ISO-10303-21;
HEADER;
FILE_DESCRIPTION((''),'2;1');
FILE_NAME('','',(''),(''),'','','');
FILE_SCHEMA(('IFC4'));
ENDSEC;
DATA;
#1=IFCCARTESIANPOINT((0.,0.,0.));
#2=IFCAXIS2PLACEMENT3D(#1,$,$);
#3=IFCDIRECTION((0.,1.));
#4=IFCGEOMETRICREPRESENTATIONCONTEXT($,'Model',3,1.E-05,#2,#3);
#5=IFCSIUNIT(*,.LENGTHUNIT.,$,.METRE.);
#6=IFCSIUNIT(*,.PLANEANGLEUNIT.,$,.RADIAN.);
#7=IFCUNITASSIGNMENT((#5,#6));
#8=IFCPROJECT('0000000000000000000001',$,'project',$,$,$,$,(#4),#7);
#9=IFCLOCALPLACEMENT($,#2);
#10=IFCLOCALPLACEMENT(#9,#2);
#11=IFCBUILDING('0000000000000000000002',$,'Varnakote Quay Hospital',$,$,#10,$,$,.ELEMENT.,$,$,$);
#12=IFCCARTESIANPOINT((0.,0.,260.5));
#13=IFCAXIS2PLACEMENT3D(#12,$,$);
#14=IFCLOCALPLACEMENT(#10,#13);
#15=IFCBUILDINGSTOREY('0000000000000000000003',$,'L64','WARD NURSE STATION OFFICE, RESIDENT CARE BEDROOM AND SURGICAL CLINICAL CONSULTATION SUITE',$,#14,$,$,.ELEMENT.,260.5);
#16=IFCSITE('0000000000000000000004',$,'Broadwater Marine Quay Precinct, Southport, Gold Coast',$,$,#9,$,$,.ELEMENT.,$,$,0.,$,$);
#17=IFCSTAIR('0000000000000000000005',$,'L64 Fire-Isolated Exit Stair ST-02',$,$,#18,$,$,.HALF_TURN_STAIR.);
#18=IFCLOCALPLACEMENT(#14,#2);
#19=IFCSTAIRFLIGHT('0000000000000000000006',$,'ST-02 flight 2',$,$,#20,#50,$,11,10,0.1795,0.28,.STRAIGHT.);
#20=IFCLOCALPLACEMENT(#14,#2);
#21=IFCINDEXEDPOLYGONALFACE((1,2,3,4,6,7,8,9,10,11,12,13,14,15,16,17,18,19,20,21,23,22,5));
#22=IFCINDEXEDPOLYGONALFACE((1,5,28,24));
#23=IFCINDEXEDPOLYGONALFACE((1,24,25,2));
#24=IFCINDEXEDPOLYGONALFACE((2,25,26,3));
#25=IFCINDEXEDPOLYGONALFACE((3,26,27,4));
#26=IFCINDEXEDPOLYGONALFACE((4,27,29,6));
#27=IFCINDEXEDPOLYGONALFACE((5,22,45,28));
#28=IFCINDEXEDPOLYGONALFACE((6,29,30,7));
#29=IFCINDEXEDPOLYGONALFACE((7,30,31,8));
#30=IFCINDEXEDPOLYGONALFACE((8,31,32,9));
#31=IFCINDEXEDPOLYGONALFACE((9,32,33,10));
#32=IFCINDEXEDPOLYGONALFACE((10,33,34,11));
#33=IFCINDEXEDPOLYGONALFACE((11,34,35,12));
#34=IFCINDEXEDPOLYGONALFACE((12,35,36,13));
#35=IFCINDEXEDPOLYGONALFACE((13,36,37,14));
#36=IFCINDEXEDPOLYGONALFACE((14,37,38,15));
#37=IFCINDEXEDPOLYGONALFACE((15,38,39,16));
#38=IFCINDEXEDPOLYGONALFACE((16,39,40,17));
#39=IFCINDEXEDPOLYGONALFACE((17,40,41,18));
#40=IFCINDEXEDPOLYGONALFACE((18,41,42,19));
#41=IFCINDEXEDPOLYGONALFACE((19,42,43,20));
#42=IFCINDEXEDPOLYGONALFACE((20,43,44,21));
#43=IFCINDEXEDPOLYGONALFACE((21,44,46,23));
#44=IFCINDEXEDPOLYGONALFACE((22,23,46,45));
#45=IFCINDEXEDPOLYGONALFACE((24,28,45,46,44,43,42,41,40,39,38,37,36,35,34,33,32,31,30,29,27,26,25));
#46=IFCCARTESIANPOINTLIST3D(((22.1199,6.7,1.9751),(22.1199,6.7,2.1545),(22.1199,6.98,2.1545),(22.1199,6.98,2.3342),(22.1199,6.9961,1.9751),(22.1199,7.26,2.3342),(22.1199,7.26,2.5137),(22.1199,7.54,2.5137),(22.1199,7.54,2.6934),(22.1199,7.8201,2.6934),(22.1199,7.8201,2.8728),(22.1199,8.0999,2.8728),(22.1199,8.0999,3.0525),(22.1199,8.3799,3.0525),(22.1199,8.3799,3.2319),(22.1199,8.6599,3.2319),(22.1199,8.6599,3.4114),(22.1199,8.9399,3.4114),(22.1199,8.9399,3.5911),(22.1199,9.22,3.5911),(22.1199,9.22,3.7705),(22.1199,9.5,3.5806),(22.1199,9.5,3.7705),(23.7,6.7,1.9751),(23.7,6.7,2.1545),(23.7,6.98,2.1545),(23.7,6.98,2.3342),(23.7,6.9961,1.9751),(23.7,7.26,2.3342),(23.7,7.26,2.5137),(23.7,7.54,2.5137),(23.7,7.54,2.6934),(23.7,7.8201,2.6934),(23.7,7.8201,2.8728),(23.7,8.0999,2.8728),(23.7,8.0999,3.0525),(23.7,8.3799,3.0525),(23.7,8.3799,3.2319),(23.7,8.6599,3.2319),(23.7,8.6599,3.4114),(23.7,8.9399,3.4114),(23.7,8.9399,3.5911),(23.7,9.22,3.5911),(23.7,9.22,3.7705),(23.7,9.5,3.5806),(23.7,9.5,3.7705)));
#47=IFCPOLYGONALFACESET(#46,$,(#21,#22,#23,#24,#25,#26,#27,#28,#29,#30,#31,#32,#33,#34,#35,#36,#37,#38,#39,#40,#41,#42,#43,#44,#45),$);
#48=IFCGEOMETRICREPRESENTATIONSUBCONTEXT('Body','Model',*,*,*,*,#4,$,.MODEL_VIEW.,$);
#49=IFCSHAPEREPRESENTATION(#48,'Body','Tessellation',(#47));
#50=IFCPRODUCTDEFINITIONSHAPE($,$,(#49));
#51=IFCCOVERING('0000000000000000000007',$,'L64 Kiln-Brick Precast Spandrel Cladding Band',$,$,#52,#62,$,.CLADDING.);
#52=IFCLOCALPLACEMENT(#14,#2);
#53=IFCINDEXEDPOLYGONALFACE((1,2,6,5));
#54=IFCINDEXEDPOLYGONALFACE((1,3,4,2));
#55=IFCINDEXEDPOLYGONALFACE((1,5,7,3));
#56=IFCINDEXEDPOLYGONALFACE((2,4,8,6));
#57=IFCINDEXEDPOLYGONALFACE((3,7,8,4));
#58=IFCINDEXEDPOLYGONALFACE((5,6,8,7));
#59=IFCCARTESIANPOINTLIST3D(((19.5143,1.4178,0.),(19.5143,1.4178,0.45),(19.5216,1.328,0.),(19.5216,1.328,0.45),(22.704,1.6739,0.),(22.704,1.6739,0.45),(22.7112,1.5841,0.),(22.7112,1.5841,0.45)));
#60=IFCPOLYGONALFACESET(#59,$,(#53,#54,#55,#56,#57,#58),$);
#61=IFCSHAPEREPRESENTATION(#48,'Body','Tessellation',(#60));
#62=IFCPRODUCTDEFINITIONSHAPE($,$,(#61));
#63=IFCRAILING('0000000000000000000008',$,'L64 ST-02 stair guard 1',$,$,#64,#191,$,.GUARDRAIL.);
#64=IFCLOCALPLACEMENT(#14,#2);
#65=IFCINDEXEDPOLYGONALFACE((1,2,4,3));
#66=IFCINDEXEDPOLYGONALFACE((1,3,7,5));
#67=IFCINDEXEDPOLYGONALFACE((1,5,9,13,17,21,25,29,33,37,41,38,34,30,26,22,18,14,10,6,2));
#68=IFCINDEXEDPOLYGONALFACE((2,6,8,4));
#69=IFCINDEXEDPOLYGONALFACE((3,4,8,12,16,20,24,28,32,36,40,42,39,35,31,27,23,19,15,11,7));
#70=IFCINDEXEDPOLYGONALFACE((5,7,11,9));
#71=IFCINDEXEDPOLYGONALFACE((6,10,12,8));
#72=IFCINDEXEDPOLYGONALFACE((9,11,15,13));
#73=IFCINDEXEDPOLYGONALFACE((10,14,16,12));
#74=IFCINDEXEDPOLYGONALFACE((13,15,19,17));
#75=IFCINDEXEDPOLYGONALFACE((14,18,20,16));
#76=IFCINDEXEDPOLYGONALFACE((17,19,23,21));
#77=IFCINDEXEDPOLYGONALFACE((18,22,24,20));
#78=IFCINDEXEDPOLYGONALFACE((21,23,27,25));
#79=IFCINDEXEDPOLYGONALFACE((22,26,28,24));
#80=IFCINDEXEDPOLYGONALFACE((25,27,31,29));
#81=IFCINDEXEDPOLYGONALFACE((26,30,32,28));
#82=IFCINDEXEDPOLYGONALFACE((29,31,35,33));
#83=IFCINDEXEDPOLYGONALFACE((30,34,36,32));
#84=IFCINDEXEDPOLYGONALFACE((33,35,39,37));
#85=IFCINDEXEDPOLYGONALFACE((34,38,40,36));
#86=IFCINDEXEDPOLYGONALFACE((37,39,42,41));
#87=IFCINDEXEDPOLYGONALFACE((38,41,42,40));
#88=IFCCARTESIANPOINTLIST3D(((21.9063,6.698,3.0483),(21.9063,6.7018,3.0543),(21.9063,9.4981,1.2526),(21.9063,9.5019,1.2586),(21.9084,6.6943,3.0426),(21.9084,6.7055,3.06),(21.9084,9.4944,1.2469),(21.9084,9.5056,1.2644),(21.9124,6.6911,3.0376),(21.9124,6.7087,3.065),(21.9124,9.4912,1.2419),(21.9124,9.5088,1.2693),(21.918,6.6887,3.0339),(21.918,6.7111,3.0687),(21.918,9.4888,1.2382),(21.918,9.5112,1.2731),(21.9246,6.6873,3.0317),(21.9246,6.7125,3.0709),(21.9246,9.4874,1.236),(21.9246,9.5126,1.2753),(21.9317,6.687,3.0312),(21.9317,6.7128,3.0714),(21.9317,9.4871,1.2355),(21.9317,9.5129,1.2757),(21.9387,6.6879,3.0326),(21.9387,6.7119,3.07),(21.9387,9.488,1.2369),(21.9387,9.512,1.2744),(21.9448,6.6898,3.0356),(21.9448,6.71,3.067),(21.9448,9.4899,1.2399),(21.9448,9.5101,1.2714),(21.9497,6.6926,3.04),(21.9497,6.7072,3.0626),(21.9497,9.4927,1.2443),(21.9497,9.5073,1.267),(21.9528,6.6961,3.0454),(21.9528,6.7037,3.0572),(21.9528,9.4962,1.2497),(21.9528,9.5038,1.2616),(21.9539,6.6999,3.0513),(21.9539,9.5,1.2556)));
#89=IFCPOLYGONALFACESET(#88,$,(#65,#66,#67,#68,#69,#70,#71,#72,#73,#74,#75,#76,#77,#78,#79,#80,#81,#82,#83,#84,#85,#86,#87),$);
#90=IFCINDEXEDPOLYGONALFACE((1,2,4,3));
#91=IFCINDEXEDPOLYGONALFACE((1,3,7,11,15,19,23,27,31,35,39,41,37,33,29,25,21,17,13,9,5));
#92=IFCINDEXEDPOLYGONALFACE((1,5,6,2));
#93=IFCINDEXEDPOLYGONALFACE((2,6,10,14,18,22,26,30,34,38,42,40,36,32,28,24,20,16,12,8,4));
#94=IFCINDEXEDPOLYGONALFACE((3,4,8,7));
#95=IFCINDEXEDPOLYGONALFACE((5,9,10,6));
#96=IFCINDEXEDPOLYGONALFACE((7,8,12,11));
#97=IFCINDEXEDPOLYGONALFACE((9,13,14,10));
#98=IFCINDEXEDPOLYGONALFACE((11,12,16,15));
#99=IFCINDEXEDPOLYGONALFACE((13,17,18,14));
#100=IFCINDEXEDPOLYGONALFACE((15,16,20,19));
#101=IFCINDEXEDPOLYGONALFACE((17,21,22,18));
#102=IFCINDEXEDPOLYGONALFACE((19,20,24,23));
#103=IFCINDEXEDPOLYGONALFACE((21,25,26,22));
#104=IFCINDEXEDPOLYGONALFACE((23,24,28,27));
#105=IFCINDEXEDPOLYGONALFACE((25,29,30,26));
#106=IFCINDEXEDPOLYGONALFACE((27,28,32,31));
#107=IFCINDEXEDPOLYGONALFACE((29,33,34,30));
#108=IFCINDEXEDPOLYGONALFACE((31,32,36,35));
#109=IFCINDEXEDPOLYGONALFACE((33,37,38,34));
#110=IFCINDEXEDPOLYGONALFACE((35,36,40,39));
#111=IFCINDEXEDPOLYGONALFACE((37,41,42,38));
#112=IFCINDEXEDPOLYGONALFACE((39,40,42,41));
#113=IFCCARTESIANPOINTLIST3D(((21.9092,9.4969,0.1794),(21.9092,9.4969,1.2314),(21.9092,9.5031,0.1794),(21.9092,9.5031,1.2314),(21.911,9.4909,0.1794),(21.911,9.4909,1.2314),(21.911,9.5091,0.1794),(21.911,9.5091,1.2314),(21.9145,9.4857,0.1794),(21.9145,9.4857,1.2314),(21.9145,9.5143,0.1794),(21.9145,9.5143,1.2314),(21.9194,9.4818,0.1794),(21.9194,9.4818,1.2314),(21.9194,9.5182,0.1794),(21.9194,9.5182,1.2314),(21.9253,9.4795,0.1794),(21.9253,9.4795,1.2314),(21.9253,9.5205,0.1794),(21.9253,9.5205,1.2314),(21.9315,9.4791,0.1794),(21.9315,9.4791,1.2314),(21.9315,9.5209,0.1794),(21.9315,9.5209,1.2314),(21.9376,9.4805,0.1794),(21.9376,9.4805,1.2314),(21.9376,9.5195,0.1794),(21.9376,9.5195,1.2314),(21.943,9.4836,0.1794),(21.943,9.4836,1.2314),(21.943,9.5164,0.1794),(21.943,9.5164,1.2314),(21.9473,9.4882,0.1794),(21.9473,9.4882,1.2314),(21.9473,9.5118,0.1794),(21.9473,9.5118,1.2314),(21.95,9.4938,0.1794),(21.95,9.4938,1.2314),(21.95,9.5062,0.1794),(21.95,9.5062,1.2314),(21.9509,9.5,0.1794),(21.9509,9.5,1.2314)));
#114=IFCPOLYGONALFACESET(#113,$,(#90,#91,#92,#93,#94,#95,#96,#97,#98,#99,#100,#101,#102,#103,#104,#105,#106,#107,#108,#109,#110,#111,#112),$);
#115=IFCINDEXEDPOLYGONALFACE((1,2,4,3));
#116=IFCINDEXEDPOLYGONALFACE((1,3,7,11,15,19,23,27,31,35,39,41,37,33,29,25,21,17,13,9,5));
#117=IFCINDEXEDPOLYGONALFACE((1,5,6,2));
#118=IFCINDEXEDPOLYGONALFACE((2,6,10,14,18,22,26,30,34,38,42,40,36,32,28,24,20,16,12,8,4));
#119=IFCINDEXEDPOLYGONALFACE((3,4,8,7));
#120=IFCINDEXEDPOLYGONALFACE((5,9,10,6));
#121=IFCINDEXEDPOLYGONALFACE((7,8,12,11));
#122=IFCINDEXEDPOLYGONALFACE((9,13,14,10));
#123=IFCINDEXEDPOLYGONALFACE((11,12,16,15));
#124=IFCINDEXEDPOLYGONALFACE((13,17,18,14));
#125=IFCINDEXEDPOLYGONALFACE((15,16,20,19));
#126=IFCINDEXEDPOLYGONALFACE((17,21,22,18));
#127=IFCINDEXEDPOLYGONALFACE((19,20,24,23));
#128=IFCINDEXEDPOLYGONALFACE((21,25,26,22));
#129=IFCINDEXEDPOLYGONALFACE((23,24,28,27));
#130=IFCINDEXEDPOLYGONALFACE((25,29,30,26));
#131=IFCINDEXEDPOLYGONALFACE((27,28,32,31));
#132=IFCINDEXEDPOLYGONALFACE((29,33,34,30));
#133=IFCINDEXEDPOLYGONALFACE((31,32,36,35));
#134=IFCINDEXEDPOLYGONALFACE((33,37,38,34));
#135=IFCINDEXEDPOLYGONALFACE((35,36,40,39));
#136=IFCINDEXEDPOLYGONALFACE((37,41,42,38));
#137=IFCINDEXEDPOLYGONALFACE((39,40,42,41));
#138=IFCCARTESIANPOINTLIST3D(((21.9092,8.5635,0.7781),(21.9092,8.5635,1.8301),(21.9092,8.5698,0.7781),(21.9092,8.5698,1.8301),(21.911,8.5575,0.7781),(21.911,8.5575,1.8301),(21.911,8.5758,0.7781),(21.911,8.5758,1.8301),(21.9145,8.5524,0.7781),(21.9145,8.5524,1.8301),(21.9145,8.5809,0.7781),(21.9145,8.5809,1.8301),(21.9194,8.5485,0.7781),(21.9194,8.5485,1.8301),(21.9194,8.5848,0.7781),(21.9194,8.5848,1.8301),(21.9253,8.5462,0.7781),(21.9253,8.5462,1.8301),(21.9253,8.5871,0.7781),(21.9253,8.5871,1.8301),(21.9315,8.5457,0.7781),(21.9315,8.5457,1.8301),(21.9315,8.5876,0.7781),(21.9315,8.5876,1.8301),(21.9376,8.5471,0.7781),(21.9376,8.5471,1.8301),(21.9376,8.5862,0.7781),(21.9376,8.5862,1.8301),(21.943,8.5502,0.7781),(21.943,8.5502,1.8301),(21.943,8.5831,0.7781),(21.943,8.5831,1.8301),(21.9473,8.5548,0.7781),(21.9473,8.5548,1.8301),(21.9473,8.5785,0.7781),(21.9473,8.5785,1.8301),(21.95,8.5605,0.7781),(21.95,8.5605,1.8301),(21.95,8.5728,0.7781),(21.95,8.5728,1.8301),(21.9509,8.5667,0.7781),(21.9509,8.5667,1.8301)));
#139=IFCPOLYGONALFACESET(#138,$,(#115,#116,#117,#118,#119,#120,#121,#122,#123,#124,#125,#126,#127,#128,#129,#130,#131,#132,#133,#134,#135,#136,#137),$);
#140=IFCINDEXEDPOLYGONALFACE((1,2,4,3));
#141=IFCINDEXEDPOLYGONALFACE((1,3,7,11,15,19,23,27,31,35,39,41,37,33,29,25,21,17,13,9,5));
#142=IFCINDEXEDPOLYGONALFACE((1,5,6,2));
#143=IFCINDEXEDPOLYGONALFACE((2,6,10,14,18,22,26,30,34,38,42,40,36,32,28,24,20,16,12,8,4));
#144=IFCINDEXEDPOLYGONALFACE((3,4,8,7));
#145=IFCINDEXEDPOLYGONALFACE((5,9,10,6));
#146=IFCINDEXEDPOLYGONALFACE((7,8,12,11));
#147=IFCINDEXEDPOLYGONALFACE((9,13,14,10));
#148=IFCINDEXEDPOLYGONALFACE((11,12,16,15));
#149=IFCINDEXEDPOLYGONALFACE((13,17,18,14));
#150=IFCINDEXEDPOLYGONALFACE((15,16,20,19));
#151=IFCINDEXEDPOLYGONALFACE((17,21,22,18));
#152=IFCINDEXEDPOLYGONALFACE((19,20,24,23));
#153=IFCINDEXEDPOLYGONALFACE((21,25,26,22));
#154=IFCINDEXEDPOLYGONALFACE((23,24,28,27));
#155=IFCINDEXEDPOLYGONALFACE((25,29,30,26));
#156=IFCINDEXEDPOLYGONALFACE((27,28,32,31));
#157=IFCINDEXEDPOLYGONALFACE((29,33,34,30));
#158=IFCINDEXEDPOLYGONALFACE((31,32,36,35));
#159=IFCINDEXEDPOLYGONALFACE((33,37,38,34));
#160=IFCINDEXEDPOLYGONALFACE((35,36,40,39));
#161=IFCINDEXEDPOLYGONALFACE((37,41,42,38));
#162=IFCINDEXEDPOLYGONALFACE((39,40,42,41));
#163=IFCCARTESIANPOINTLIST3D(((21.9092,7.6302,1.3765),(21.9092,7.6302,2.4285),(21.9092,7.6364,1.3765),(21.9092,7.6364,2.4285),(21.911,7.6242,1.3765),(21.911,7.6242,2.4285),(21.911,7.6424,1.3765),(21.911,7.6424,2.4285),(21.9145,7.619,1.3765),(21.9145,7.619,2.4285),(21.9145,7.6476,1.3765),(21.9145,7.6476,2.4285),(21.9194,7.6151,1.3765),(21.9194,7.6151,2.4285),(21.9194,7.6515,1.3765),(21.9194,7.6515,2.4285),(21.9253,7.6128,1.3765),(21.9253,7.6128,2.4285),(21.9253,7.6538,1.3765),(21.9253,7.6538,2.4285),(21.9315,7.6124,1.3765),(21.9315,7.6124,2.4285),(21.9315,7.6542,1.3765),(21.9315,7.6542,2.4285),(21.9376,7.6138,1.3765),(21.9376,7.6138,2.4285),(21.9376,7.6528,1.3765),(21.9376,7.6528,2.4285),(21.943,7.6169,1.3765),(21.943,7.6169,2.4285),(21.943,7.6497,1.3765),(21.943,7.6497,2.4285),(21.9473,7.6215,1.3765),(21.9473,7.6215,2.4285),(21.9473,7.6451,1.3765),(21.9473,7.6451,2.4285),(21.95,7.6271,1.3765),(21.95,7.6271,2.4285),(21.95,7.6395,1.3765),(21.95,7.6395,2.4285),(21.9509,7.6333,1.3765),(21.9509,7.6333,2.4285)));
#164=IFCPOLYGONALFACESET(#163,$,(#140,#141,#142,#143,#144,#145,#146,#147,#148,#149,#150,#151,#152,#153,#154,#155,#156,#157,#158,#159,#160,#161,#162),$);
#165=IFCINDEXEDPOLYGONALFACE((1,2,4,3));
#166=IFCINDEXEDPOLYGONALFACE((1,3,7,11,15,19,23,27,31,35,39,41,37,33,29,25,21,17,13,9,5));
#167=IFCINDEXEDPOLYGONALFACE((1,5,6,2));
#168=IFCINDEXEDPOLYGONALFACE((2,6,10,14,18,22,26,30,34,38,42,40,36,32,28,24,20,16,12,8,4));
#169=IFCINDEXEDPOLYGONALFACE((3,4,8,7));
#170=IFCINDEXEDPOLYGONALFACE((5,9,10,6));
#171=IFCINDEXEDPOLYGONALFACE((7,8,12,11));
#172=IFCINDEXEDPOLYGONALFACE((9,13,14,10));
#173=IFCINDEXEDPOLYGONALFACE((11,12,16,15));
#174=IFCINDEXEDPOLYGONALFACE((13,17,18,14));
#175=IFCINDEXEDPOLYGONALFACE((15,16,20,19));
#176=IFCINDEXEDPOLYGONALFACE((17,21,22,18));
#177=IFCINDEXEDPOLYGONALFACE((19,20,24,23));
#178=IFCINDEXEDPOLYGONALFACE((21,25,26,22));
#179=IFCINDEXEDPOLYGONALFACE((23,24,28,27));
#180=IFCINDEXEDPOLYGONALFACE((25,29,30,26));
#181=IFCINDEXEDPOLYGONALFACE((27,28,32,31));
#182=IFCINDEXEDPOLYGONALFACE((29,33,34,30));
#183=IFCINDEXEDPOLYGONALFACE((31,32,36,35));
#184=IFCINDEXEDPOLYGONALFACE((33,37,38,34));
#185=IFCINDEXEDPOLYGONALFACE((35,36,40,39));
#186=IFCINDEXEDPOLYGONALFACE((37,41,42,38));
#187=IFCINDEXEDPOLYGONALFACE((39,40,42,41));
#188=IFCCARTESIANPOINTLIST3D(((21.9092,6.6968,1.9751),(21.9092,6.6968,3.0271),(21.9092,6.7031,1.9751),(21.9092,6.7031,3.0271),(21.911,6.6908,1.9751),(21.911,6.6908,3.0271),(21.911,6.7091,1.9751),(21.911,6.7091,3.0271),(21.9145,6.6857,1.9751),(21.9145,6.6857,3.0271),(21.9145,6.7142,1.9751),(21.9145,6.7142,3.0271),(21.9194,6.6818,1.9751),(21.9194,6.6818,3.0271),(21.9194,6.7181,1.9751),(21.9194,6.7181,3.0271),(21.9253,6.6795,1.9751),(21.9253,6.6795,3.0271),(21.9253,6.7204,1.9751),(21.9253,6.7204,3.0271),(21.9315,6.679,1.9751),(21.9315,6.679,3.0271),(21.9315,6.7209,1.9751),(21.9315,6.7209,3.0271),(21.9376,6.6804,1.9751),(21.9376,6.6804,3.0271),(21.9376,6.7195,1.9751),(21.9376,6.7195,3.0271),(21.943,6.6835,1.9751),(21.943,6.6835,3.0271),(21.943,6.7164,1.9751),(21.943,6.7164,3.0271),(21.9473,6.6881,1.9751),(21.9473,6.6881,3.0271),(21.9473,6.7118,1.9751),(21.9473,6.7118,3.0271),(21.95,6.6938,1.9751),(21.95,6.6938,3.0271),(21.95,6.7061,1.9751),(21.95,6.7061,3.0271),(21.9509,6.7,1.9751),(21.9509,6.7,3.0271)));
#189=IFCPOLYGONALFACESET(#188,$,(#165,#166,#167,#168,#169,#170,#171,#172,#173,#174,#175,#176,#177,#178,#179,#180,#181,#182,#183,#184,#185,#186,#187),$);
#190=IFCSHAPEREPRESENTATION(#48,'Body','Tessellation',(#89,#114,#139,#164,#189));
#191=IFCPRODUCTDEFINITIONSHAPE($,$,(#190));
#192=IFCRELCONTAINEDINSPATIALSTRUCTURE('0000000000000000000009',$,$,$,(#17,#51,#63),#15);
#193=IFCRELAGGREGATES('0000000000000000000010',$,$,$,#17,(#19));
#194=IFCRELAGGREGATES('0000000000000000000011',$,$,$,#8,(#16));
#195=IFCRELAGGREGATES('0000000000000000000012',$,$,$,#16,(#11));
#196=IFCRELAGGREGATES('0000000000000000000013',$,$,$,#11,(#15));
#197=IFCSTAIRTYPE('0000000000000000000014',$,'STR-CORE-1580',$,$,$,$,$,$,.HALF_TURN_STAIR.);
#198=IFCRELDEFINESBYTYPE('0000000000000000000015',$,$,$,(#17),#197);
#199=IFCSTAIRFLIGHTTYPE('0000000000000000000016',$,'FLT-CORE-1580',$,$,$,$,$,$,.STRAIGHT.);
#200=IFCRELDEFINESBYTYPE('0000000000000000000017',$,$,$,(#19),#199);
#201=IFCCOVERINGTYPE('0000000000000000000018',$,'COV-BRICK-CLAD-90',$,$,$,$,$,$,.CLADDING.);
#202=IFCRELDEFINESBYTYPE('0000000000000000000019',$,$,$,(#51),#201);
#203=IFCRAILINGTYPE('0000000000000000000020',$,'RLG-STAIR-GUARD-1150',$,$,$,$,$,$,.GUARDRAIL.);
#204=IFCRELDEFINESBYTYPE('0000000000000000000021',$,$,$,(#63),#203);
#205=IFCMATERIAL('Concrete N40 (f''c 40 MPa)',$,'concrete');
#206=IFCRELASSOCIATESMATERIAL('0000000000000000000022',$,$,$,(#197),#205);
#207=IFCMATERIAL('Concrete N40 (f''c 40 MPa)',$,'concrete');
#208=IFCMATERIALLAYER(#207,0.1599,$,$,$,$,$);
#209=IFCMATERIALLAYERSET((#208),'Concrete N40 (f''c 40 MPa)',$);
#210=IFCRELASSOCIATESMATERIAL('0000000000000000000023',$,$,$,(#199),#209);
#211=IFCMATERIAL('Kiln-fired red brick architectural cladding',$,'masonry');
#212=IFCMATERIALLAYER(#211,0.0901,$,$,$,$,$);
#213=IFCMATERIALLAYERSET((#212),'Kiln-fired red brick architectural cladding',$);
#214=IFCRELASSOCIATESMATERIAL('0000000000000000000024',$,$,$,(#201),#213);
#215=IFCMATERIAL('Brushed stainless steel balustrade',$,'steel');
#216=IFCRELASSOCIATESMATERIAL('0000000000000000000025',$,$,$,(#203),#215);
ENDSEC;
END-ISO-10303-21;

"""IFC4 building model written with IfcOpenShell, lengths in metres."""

from ifc_helpers import new_model, si_unit, direction, frame, origin, origin_2d, place, context, subcontext, project, spatial, polyline, rectangle, circle, outline, extrude, material, layer, layer_set, type_object, element, aggregate, save


model = new_model("IFC4")

# Units and contexts
model_context = context("Model", 3, precision=1e-05, world=origin(), true_north=direction((0.0, 1.0)))
body_context = subcontext(model_context, "Body", "Model", "MODEL_VIEW")
ifc_project = project(units=[si_unit("LENGTHUNIT", "METRE"), si_unit("PLANEANGLEUNIT", "RADIAN")], contexts=[model_context])

# Site, building, storey
site_placement = place(None, origin())
site = spatial("IfcSite", under=ifc_project, at=site_placement, Name="Broadwater Marine Quay Precinct, Southport, Gold Coast", CompositionType="ELEMENT", RefElevation=0.0)
building_placement = place(site_placement, origin())
building = spatial("IfcBuilding", under=site, at=building_placement, Name="Varnakote Quay Hospital", CompositionType="ELEMENT")
storey_placement = place(building_placement, frame((0.0, 0.0, 260.5)))
storey = spatial("IfcBuildingStorey", under=building, at=storey_placement, Name="L64", Description="WARD NURSE STATION OFFICE, RESIDENT CARE BEDROOM AND SURGICAL CLINICAL CONSULTATION SUITE", CompositionType="ELEMENT", Elevation=260.5)

# Stair, stair flight
ifc_material_1 = material(Name="Concrete N40 (f'c 40 MPa)", Category="concrete")
stair_type = type_object("IfcStairType", Name="STR-CORE-1580", PredefinedType="HALF_TURN_STAIR", material=ifc_material_1)
stair_placement = place(storey_placement, origin())
stair = element("IfcStair", 1, at=stair_placement, inside=storey, type_object=stair_type, Name="L64 Fire-Isolated Exit Stair ST-02", PredefinedType="HALF_TURN_STAIR")
ifc_material_2 = material(Name="Concrete N40 (f'c 40 MPa)", Category="concrete")
ifc_layer_1 = layer(ifc_material_2, 0.1599)
ifc_layer_set_1 = layer_set([ifc_layer_1], Name="Concrete N40 (f'c 40 MPa)")
stair_flight_type = type_object("IfcStairFlightType", Name="FLT-CORE-1580", PredefinedType="STRAIGHT", material=ifc_layer_set_1)
stair_flight_1_placement = place(storey_placement, frame((22.9099, 6.7, 1.9751), z_axis=(0.0, 0.0, 1.0), x_axis=(0.0, 1.0, 0.0)))
stair_flight_1 = element("IfcStairFlight", 2, at=stair_flight_1_placement, type_object=stair_flight_type, Name="ST-02 flight 2", NumberOfRisers=11, NumberOfTreads=10, PredefinedType="STRAIGHT", RiserHeight=0.1795, TreadLength=0.28, context=body_context, shape_type="SweptSolid", body=[
    extrude(outline(polyline([(0.0, 0.0), (0.0, 0.1794), (0.28, 0.1794), (0.28, 0.3591), (0.5601, 0.3591), (0.5601, 0.5386), (0.8401, 0.5386), (0.8401, 0.7183), (1.1201, 0.7183), (1.1201, 0.8977), (1.3999, 0.8977), (1.3999, 1.0774), (1.6799, 1.0774), (1.6799, 1.2568), (1.96, 1.2568), (1.96, 1.4363), (2.24, 1.4363), (2.24, 1.616), (2.52, 1.616), (2.52, 1.7954), (2.8, 1.7954), (2.8, 1.9751), (2.8, 1.6055), (0.2961, 0.0), (0.0, 0.0)])), frame((0.0, 0.79, 0.0), z_axis=(0.0, -1.0, 0.0), x_axis=(1.0, 0.0, 0.0)), (0.0, 0.0, 1.0), 1.5801),
])
aggregate(stair, [stair_flight_1])

# Covering
ifc_material_3 = material(Name="Kiln-fired red brick architectural cladding", Category="masonry")
ifc_layer_2 = layer(ifc_material_3, 0.0901)
ifc_layer_set_2 = layer_set([ifc_layer_2], Name="Kiln-fired red brick architectural cladding")
covering_type = type_object("IfcCoveringType", Name="COV-BRICK-CLAD-90", PredefinedType="CLADDING", material=ifc_layer_set_2)
covering_placement = place(storey_placement, frame((21.1128, 1.501, 0.0), z_axis=(0.0, 0.0, 1.0), x_axis=(0.996793, 0.080025, 0.0)))
element("IfcCovering", 3, at=covering_placement, inside=storey, type_object=covering_type, Name="L64 Kiln-Brick Precast Spandrel Cladding Band", PredefinedType="CLADDING", context=body_context, shape_type="SweptSolid", body=[
    extrude(rectangle(XDim=3.2, YDim=0.0901, at=origin_2d()), origin(), (0.0, 0.0, 1.0), 0.45),
])

# Railing
ifc_material_4 = material(Name="Brushed stainless steel balustrade", Category="steel")
railing_type_1 = type_object("IfcRailingType", Name="RLG-STAIR-GUARD-1150", PredefinedType="GUARDRAIL", material=ifc_material_4)
railing_1_placement = place(storey_placement, frame((21.9299, 9.5, 0.1794)))
element("IfcRailing", 4, at=railing_1_placement, inside=storey, type_object=railing_type_1, Name="L64 ST-02 stair guard 1", PredefinedType="GUARDRAIL", context=body_context, shape_type="SweptSolid", body=[
    extrude(circle(Radius=0.0239, at=origin_2d()), frame((0.0, 0.0, 1.0762), z_axis=(0.0, -0.841777, 0.539826), x_axis=(1.0, 0.0, 0.0)), (0.0, 0.0, 1.0), 3.3264),
    extrude(circle(Radius=0.021, at=origin_2d()), origin(), (0.0, 0.0, 1.0), 1.052),
    extrude(circle(Radius=0.021, at=origin_2d()), frame((0.0, -0.9333, 0.5986)), (0.0, 0.0, 1.0), 1.052),
    extrude(circle(Radius=0.021, at=origin_2d()), frame((0.0, -1.8667, 1.197)), (0.0, 0.0, 1.0), 1.052),
    extrude(circle(Radius=0.021, at=origin_2d()), frame((0.0, -2.8, 1.7957)), (0.0, 0.0, 1.0), 1.052),
])

save(model, "model.ifc")
